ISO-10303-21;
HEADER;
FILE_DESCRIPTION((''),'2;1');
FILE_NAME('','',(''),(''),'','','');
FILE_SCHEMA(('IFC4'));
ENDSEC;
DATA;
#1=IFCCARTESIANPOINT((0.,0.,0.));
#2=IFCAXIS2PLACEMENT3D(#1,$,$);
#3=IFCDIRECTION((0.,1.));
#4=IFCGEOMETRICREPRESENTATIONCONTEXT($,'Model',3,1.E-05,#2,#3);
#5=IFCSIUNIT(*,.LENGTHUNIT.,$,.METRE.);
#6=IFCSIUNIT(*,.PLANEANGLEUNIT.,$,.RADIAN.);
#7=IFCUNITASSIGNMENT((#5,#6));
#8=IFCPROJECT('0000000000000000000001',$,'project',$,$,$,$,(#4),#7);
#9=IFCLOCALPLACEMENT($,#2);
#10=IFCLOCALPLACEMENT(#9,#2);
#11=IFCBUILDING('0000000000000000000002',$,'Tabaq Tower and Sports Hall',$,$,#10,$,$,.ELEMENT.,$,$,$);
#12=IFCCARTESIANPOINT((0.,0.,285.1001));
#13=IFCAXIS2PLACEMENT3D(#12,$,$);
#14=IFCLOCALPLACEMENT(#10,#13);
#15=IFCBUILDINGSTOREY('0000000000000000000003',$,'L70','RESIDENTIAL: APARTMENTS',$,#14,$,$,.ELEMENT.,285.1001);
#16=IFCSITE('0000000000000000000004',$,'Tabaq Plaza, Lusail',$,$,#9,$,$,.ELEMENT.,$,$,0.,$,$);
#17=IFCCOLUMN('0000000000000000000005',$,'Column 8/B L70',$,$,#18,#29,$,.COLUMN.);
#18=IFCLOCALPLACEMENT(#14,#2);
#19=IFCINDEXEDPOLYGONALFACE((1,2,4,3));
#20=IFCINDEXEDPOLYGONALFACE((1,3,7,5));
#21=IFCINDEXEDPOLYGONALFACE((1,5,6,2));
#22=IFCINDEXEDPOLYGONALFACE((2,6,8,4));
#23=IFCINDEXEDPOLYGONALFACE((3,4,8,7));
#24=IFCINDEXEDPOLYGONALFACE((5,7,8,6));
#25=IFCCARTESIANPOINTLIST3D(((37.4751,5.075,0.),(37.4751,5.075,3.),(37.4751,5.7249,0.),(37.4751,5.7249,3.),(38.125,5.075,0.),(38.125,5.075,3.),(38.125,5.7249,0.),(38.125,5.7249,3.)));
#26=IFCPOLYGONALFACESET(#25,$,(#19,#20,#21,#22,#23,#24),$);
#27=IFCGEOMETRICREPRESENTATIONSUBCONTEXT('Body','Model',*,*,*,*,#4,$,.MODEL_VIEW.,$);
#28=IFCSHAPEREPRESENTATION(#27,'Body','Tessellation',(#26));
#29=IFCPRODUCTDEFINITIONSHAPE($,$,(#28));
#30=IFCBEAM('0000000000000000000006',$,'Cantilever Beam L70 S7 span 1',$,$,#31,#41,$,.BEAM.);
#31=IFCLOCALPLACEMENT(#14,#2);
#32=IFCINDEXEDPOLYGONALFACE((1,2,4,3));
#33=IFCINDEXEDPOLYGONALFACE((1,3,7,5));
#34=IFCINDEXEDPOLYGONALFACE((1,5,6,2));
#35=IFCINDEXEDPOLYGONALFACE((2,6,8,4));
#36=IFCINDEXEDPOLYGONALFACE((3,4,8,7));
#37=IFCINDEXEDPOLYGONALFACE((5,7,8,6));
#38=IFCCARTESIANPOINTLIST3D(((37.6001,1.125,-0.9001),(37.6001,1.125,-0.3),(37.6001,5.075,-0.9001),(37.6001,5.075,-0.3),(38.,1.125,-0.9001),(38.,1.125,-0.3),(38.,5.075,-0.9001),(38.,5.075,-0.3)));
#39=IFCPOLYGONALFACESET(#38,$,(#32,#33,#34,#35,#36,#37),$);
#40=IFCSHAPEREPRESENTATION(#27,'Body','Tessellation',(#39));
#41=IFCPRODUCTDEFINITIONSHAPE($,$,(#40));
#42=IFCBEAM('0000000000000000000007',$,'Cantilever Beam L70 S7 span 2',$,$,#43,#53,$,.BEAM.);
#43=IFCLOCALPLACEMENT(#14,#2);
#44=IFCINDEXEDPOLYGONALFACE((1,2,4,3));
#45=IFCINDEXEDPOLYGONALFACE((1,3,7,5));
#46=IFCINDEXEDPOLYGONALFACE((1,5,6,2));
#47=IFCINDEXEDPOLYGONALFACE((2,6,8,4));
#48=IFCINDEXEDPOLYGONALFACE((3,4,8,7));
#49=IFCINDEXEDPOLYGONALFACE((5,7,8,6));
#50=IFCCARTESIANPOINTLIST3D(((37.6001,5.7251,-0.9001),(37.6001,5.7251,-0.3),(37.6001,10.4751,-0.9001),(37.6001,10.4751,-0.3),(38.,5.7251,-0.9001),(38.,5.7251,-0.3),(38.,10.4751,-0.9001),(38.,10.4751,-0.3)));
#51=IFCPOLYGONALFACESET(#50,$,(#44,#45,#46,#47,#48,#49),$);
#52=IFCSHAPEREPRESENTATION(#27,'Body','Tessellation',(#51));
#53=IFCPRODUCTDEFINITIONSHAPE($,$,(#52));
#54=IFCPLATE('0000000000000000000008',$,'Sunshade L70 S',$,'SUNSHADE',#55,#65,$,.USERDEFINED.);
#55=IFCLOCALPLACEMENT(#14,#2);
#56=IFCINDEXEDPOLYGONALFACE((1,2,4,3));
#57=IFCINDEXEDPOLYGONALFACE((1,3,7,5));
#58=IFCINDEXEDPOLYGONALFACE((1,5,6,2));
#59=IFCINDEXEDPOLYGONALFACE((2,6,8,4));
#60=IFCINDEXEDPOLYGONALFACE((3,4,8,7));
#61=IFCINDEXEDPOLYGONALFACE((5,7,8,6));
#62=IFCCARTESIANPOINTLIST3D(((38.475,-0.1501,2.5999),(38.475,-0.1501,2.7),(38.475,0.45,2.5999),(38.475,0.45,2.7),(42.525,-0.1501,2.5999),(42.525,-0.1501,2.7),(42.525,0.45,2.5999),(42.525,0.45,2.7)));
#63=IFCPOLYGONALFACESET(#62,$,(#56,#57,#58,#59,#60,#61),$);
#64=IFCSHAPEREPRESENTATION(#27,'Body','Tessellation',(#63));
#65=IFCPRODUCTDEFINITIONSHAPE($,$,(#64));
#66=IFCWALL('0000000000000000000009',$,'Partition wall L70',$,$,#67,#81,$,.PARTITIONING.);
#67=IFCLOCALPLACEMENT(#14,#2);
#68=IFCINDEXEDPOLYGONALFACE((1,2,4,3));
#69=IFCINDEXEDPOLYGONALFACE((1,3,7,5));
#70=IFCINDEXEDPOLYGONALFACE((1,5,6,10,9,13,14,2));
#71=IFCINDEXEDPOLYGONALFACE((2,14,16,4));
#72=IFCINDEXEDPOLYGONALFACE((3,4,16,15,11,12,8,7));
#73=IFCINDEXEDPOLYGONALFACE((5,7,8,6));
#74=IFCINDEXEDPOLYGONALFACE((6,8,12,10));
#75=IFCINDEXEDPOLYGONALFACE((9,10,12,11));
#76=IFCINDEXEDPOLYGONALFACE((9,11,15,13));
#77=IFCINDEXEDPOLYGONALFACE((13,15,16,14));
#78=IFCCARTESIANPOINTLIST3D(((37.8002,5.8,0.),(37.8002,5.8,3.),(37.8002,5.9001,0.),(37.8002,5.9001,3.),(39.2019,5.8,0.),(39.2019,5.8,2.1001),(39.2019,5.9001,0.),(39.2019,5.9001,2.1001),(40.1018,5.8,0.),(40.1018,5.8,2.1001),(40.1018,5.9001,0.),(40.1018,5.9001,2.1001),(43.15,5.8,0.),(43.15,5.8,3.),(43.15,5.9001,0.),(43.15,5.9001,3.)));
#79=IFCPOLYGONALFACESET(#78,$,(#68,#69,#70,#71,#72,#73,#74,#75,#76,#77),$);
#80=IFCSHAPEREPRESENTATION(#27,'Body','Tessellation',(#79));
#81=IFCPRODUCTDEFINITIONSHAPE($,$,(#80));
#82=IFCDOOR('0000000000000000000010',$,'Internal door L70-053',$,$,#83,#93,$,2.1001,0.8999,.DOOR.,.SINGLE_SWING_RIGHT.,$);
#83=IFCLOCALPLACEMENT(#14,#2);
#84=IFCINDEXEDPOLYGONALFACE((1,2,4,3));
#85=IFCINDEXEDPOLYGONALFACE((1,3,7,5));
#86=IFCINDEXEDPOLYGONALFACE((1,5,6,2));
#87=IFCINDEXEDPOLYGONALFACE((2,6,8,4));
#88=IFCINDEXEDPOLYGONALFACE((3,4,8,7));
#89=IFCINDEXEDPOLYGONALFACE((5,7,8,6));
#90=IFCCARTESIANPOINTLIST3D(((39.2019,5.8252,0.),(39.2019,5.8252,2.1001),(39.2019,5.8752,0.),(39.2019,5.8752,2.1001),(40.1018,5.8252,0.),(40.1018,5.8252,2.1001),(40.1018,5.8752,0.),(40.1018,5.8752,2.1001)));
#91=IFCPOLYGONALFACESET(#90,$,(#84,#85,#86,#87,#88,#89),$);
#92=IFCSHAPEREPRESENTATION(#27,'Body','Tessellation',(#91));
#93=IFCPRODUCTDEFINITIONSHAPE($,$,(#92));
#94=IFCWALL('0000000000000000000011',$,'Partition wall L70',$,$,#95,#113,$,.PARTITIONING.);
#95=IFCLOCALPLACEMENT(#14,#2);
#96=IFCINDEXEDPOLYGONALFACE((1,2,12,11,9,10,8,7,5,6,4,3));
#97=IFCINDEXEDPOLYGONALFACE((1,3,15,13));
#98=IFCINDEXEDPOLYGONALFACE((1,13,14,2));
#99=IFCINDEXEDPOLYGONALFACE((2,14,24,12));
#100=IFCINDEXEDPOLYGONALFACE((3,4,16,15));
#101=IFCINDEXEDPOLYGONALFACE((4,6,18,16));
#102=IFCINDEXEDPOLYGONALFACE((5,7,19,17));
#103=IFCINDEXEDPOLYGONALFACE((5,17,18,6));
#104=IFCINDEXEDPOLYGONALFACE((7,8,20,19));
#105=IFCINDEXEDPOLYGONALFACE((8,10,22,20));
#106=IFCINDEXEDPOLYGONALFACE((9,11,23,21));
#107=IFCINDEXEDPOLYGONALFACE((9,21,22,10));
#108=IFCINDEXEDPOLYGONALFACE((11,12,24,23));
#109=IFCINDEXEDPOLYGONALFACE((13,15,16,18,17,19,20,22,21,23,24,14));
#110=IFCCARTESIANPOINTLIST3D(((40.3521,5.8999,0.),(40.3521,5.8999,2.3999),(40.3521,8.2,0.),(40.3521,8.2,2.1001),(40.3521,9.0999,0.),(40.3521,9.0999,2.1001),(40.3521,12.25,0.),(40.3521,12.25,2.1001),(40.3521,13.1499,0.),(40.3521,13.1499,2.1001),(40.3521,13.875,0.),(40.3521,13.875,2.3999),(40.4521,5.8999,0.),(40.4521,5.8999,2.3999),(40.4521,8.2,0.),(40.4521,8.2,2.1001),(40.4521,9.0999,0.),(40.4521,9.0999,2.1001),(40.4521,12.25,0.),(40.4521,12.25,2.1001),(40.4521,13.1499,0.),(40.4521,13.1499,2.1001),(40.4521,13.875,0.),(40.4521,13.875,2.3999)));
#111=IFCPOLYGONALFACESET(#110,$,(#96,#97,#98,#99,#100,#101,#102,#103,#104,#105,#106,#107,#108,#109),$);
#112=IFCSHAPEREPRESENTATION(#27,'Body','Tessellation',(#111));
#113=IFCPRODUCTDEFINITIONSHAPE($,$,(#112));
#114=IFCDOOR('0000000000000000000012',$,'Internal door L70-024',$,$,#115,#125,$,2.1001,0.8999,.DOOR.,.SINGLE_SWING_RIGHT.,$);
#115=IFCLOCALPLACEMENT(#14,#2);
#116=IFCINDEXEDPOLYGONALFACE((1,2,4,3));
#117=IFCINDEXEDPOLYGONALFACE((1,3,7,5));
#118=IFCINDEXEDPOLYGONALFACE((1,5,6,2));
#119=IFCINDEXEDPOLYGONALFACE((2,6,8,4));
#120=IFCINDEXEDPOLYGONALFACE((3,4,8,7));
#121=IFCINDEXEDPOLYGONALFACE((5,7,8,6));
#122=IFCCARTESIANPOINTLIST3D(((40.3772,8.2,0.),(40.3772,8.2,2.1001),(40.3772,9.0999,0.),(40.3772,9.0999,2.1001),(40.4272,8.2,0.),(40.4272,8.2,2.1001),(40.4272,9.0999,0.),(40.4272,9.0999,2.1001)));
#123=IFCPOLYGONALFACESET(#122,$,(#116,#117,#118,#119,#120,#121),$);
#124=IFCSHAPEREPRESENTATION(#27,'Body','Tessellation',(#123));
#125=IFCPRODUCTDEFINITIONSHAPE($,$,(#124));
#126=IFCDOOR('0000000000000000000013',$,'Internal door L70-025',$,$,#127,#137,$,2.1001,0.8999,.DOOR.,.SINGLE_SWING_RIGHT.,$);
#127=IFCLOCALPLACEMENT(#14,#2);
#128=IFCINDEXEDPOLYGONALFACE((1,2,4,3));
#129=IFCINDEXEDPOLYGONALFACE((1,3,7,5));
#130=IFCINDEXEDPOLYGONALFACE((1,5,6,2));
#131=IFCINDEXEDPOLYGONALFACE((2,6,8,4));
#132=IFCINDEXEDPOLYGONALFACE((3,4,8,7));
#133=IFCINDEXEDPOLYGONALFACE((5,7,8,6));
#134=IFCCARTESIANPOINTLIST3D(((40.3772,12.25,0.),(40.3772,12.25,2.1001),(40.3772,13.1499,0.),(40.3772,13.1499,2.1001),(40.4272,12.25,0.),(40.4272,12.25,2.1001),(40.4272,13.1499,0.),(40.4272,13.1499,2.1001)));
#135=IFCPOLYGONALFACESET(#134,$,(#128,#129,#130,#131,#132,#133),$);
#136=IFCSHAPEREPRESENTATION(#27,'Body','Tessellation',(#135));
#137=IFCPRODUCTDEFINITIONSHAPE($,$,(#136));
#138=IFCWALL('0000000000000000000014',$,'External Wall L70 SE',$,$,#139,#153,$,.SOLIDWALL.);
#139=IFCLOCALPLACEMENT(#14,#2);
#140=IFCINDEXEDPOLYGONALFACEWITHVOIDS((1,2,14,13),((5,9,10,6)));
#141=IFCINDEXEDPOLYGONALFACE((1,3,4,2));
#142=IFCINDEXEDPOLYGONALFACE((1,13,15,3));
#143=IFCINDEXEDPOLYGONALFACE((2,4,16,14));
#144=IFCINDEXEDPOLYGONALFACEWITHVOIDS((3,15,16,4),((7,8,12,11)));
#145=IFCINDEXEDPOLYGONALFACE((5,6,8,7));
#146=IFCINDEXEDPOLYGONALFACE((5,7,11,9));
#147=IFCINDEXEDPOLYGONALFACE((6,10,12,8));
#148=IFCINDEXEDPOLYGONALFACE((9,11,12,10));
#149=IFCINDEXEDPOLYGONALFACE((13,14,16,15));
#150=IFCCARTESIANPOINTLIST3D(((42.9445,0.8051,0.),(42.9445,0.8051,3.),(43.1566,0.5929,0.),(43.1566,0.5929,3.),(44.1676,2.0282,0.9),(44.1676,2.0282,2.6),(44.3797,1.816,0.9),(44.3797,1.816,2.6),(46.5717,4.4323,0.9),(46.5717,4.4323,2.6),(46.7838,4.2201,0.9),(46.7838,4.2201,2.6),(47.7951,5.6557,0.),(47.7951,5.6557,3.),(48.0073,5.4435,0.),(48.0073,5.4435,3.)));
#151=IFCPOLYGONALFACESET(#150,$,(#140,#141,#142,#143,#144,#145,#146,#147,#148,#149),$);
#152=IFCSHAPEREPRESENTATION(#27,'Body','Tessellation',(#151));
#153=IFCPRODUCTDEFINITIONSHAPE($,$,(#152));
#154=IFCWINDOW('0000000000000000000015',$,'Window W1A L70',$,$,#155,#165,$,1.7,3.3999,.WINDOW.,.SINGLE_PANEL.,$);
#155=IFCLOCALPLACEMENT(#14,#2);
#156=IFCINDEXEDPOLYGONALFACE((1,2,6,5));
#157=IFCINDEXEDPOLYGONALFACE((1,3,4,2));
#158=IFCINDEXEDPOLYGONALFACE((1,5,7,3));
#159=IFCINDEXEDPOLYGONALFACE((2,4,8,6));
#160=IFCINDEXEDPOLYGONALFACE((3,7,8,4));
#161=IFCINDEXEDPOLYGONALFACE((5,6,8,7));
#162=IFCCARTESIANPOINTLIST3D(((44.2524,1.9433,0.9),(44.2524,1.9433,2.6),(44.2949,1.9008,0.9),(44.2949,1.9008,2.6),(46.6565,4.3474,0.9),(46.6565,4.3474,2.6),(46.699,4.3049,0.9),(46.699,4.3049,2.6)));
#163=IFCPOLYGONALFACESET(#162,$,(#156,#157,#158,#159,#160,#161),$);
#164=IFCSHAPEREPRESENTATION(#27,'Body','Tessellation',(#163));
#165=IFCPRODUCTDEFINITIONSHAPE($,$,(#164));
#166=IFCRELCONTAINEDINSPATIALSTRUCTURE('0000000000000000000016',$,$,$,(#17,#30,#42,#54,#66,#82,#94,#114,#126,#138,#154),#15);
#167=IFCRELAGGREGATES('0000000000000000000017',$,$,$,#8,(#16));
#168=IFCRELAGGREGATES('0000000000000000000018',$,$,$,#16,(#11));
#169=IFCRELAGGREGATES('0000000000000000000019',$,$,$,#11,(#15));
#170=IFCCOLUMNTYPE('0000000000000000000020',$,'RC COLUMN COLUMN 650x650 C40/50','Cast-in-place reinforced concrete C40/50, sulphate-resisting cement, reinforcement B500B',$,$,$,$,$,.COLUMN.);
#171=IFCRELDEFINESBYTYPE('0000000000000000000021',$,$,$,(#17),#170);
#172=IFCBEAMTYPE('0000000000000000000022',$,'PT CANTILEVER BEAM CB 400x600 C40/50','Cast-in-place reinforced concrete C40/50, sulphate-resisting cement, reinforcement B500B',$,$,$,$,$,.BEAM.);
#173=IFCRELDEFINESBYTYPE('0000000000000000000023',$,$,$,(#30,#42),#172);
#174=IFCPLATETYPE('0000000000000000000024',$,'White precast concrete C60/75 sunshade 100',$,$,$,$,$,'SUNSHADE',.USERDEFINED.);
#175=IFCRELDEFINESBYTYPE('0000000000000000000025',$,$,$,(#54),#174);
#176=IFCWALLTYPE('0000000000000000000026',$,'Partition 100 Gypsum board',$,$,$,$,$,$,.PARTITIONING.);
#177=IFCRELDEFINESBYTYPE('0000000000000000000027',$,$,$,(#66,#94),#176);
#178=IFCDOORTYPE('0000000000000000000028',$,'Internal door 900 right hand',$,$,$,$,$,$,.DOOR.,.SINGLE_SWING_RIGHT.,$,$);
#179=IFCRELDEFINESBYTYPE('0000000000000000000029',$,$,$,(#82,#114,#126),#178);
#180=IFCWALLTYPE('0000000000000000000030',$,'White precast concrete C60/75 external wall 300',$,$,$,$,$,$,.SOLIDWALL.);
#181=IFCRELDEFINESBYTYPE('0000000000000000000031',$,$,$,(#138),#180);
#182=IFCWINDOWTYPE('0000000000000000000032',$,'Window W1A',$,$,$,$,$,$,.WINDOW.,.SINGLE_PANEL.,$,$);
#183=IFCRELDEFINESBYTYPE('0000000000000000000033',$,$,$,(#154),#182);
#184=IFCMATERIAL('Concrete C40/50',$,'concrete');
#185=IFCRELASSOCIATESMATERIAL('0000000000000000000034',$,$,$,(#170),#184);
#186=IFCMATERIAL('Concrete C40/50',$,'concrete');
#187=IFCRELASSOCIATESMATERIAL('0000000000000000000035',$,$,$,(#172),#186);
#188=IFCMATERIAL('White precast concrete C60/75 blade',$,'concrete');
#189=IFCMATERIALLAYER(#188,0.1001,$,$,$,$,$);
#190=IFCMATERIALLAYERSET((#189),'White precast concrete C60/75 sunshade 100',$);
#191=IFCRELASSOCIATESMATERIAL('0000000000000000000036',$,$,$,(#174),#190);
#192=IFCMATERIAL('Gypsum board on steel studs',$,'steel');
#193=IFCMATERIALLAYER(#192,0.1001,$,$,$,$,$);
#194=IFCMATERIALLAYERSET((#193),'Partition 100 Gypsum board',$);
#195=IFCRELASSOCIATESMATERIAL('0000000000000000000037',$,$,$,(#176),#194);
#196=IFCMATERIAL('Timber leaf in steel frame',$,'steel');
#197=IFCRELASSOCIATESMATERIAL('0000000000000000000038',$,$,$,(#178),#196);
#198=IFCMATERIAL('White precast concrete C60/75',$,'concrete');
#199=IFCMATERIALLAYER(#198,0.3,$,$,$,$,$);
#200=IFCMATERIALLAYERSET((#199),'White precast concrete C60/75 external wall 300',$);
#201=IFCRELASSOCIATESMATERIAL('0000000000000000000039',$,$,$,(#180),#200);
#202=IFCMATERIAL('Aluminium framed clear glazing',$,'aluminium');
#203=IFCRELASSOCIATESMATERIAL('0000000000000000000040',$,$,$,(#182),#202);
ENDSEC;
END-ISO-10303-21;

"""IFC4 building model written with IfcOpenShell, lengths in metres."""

from ifc_helpers import new_model, si_unit, direction, frame, frame_2d, origin, origin_2d, place, context, subcontext, project, spatial, rectangle, extrude, material, layer, layer_set, material_profile, profile_set, type_object, element, fill, save


model = new_model("IFC4")

# Units and contexts
model_context = context("Model", 3, precision=1e-05, world=origin(), true_north=direction((0.0, 1.0)))
body_context = subcontext(model_context, "Body", "Model", "MODEL_VIEW")
ifc_project = project(units=[si_unit("LENGTHUNIT", "METRE"), si_unit("PLANEANGLEUNIT", "RADIAN")], contexts=[model_context])

# Site, building, storey
site_placement = place(None, origin())
site = spatial("IfcSite", under=ifc_project, at=site_placement, Name="Tabaq Plaza, Lusail", CompositionType="ELEMENT", RefElevation=0.0)
building_placement = place(site_placement, origin())
building = spatial("IfcBuilding", under=site, at=building_placement, Name="Tabaq Tower and Sports Hall", CompositionType="ELEMENT")
storey_placement = place(building_placement, frame((0.0, 0.0, 285.1001)))
storey = spatial("IfcBuildingStorey", under=building, at=storey_placement, Name="L70", Description="RESIDENTIAL: APARTMENTS", CompositionType="ELEMENT", Elevation=285.1001)

# Column
ifc_material_1 = material(Name="Concrete C40/50", Category="concrete")
ifc_material_profile_1 = material_profile(ifc_material_1, rectangle(XDim=0.6499, YDim=0.6499, at=origin_2d()), Name="COLUMN 650x650")
ifc_profile_set_1 = profile_set([ifc_material_profile_1], Name="Concrete C40/50")
column_type = type_object("IfcColumnType", Name="RC COLUMN COLUMN 650x650 C40/50", Description="Cast-in-place reinforced concrete C40/50, sulphate-resisting cement, reinforcement B500B", PredefinedType="COLUMN", material=ifc_profile_set_1)
column_placement = place(storey_placement, frame((37.8, 5.3999, 0.0), z_axis=(0.0, 0.0, 1.0), x_axis=(1.0, 0.0, 0.0)))
element("IfcColumn", 1, at=column_placement, inside=storey, type_object=column_type, Name="Column 8/B L70", PredefinedType="COLUMN", context=body_context, shape_type="SweptSolid", body=[
    extrude(rectangle(XDim=0.6499, YDim=0.6499, at=origin_2d()), origin(), (0.0, 0.0, 1.0), 3.0),
])

# Beams
ifc_material_2 = material(Name="Concrete C40/50", Category="concrete")
ifc_material_profile_2 = material_profile(ifc_material_2, rectangle(XDim=0.3999, YDim=0.6001, at=origin_2d()), Name="CB 400x600")
ifc_profile_set_2 = profile_set([ifc_material_profile_2], Name="Concrete C40/50")
beam_type = type_object("IfcBeamType", Name="PT CANTILEVER BEAM CB 400x600 C40/50", Description="Cast-in-place reinforced concrete C40/50, sulphate-resisting cement, reinforcement B500B", PredefinedType="BEAM", material=ifc_profile_set_2)
beam_1_placement = place(storey_placement, frame((37.8, 1.125, -0.6001), z_axis=(0.0, 1.0, 0.0), x_axis=(-1.0, 0.0, 0.0)))
element("IfcBeam", 2, at=beam_1_placement, inside=storey, type_object=beam_type, Name="Cantilever Beam L70 S7 span 1", PredefinedType="BEAM", context=body_context, shape_type="SweptSolid", body=[
    extrude(rectangle(XDim=0.3999, YDim=0.6001, at=origin_2d()), origin(), (0.0, 0.0, 1.0), 3.95),
])
beam_2_placement = place(storey_placement, frame((37.8, 5.7251, -0.6001), z_axis=(0.0, 1.0, 0.0), x_axis=(-1.0, 0.0, 0.0)))
element("IfcBeam", 3, at=beam_2_placement, inside=storey, type_object=beam_type, Name="Cantilever Beam L70 S7 span 2", PredefinedType="BEAM", context=body_context, shape_type="SweptSolid", body=[
    extrude(rectangle(XDim=0.3999, YDim=0.6001, at=origin_2d()), origin(), (0.0, 0.0, 1.0), 4.75),
])

# Plate
ifc_material_3 = material(Name="White precast concrete C60/75 blade", Category="concrete")
ifc_layer_1 = layer(ifc_material_3, 0.1001)
ifc_layer_set_1 = layer_set([ifc_layer_1], Name="White precast concrete C60/75 sunshade 100")
plate_type = type_object("IfcPlateType", Name="White precast concrete C60/75 sunshade 100", ElementType="SUNSHADE", PredefinedType="USERDEFINED", material=ifc_layer_set_1)
plate_placement = place(storey_placement, frame((40.5, 0.1499, 2.5999), z_axis=(0.0, 0.0, 1.0), x_axis=(1.0, 0.0, 0.0)))
element("IfcPlate", 4, at=plate_placement, inside=storey, type_object=plate_type, Name="Sunshade L70 S", ObjectType="SUNSHADE", PredefinedType="USERDEFINED", context=body_context, shape_type="SweptSolid", body=[
    extrude(rectangle(XDim=4.05, YDim=0.6001, at=origin_2d()), origin(), (0.0, 0.0, 1.0), 0.1001),
])

# Wall, opening, door
ifc_material_4 = material(Name="Gypsum board on steel studs", Category="steel")
ifc_layer_2 = layer(ifc_material_4, 0.1001)
ifc_layer_set_2 = layer_set([ifc_layer_2], Name="Partition 100 Gypsum board")
wall_type_1 = type_object("IfcWallType", Name="Partition 100 Gypsum board", PredefinedType="PARTITIONING", material=ifc_layer_set_2)
wall_1_placement = place(storey_placement, frame((43.1499, 5.8501, 0.0), z_axis=(0.0, 0.0, 1.0), x_axis=(-1.0, 0.0, 0.0)))
wall_1 = element("IfcWall", 5, at=wall_1_placement, inside=storey, type_object=wall_type_1, Name="Partition wall L70", PredefinedType="PARTITIONING", context=body_context, shape_type="SweptSolid", body=[
    extrude(rectangle(XDim=5.3499, YDim=0.1001, at=frame_2d((2.6748, 0.0))), origin(), (0.0, 0.0, 1.0), 3.0),
])
opening_1_placement = place(wall_1_placement, frame((3.0481, 0.0, 0.0)))
opening_1 = element("IfcOpeningElement", 6, at=opening_1_placement, cuts=wall_1, PredefinedType="OPENING", context=body_context, shape_type="SweptSolid", body=[
    extrude(rectangle(XDim=0.8999, YDim=2.1001, at=frame_2d((0.45, 1.05))), frame((0.0, 0.05, 0.0), z_axis=(0.0, -1.0, 0.0), x_axis=(1.0, 0.0, 0.0)), (0.0, 0.0, 1.0), 0.1001),
])
ifc_material_5 = material(Name="Timber leaf in steel frame", Category="steel")
door_type = type_object("IfcDoorType", Name="Internal door 900 right hand", OperationType="SINGLE_SWING_RIGHT", PredefinedType="DOOR", material=ifc_material_5)
door_1_placement = place(opening_1_placement, origin())
door_1 = element("IfcDoor", 7, at=door_1_placement, inside=storey, type_object=door_type, Name="Internal door L70-053", OperationType="SINGLE_SWING_RIGHT", OverallHeight=2.1001, OverallWidth=0.8999, PredefinedType="DOOR", context=body_context, shape_type="SweptSolid", body=[
    extrude(rectangle(XDim=0.8999, YDim=2.1001, at=frame_2d((0.45, 1.05))), frame((0.0, 0.0249, 0.0), z_axis=(0.0, -1.0, 0.0), x_axis=(1.0, 0.0, 0.0)), (0.0, 0.0, 1.0), 0.05),
])
fill(opening_1, door_1)

# Wall, openings, doors
wall_2_placement = place(storey_placement, frame((40.4021, 5.8999, 0.0), z_axis=(0.0, 0.0, 1.0), x_axis=(0.0, 1.0, 0.0)))
wall_2 = element("IfcWall", 8, at=wall_2_placement, inside=storey, type_object=wall_type_1, Name="Partition wall L70", PredefinedType="PARTITIONING", context=body_context, shape_type="SweptSolid", body=[
    extrude(rectangle(XDim=7.9751, YDim=0.1001, at=frame_2d((3.9875, 0.0))), origin(), (0.0, 0.0, 1.0), 2.3999),
])
opening_2_placement = place(wall_2_placement, frame((2.3, 0.0, 0.0)))
opening_2 = element("IfcOpeningElement", 9, at=opening_2_placement, cuts=wall_2, PredefinedType="OPENING", context=body_context, shape_type="SweptSolid", body=[
    extrude(rectangle(XDim=0.8999, YDim=2.1001, at=frame_2d((0.45, 1.05))), frame((0.0, 0.05, 0.0), z_axis=(0.0, -1.0, 0.0), x_axis=(1.0, 0.0, 0.0)), (0.0, 0.0, 1.0), 0.1001),
])
opening_3_placement = place(wall_2_placement, frame((6.3501, 0.0, 0.0)))
opening_3 = element("IfcOpeningElement", 10, at=opening_3_placement, cuts=wall_2, PredefinedType="OPENING", context=body_context, shape_type="SweptSolid", body=[
    extrude(rectangle(XDim=0.8999, YDim=2.1001, at=frame_2d((0.45, 1.05))), frame((0.0, 0.05, 0.0), z_axis=(0.0, -1.0, 0.0), x_axis=(1.0, 0.0, 0.0)), (0.0, 0.0, 1.0), 0.1001),
])
door_2_placement = place(opening_2_placement, origin())
door_2 = element("IfcDoor", 11, at=door_2_placement, inside=storey, type_object=door_type, Name="Internal door L70-024", OperationType="SINGLE_SWING_RIGHT", OverallHeight=2.1001, OverallWidth=0.8999, PredefinedType="DOOR", context=body_context, shape_type="SweptSolid", body=[
    extrude(rectangle(XDim=0.8999, YDim=2.1001, at=frame_2d((0.45, 1.05))), frame((0.0, 0.0249, 0.0), z_axis=(0.0, -1.0, 0.0), x_axis=(1.0, 0.0, 0.0)), (0.0, 0.0, 1.0), 0.05),
])
fill(opening_2, door_2)
door_3_placement = place(opening_3_placement, origin())
door_3 = element("IfcDoor", 12, at=door_3_placement, inside=storey, type_object=door_type, Name="Internal door L70-025", OperationType="SINGLE_SWING_RIGHT", OverallHeight=2.1001, OverallWidth=0.8999, PredefinedType="DOOR", context=body_context, shape_type="SweptSolid", body=[
    extrude(rectangle(XDim=0.8999, YDim=2.1001, at=frame_2d((0.45, 1.05))), frame((0.0, 0.0249, 0.0), z_axis=(0.0, -1.0, 0.0), x_axis=(1.0, 0.0, 0.0)), (0.0, 0.0, 1.0), 0.05),
])
fill(opening_3, door_3)

# Wall, opening, window
ifc_material_6 = material(Name="White precast concrete C60/75", Category="concrete")
ifc_layer_3 = layer(ifc_material_6, 0.3)
ifc_layer_set_3 = layer_set([ifc_layer_3], Name="White precast concrete C60/75 external wall 300")
wall_type_2 = type_object("IfcWallType", Name="White precast concrete C60/75 external wall 300", PredefinedType="SOLIDWALL", material=ifc_layer_set_3)
wall_3_placement = place(storey_placement, frame((43.0505, 0.699, 0.0), z_axis=(0.0, 0.0, 1.0), x_axis=(0.707107, 0.707107, 0.0)))
wall_3 = element("IfcWall", 13, at=wall_3_placement, inside=storey, type_object=wall_type_2, Name="External Wall L70 SE", PredefinedType="SOLIDWALL", context=body_context, shape_type="SweptSolid", body=[
    extrude(rectangle(XDim=6.8599, YDim=0.3, at=frame_2d((3.4299, 0.0))), origin(), (0.0, 0.0, 1.0), 3.0),
])
opening_4_placement = place(wall_3_placement, frame((1.7297, 0.0, 0.8999)))
opening_4 = element("IfcOpeningElement", 14, at=opening_4_placement, cuts=wall_3, PredefinedType="OPENING", context=body_context, shape_type="SweptSolid", body=[
    extrude(rectangle(XDim=3.3999, YDim=1.7, at=frame_2d((1.7, 0.8501))), frame((0.0, 0.1602, 0.0), z_axis=(0.0, -1.0, 0.0), x_axis=(1.0, 0.0, 0.0)), (0.0, 0.0, 1.0), 0.3201),
])
ifc_material_7 = material(Name="Aluminium framed clear glazing", Category="aluminium")
window_type = type_object("IfcWindowType", Name="Window W1A", PartitioningType="SINGLE_PANEL", PredefinedType="WINDOW", material=ifc_material_7)
window_placement = place(opening_4_placement, origin())
window = element("IfcWindow", 15, at=window_placement, inside=storey, type_object=window_type, Name="Window W1A L70", OverallHeight=1.7, OverallWidth=3.3999, PartitioningType="SINGLE_PANEL", PredefinedType="WINDOW", context=body_context, shape_type="SweptSolid", body=[
    extrude(rectangle(XDim=3.3999, YDim=1.7, at=frame_2d((1.7, 0.8501))), frame((0.0, 0.03, 0.0), z_axis=(0.0, -1.0, 0.0), x_axis=(1.0, 0.0, 0.0)), (0.0, 0.0, 1.0), 0.0601),
])
fill(opening_4, window)

save(model, "model.ifc")
